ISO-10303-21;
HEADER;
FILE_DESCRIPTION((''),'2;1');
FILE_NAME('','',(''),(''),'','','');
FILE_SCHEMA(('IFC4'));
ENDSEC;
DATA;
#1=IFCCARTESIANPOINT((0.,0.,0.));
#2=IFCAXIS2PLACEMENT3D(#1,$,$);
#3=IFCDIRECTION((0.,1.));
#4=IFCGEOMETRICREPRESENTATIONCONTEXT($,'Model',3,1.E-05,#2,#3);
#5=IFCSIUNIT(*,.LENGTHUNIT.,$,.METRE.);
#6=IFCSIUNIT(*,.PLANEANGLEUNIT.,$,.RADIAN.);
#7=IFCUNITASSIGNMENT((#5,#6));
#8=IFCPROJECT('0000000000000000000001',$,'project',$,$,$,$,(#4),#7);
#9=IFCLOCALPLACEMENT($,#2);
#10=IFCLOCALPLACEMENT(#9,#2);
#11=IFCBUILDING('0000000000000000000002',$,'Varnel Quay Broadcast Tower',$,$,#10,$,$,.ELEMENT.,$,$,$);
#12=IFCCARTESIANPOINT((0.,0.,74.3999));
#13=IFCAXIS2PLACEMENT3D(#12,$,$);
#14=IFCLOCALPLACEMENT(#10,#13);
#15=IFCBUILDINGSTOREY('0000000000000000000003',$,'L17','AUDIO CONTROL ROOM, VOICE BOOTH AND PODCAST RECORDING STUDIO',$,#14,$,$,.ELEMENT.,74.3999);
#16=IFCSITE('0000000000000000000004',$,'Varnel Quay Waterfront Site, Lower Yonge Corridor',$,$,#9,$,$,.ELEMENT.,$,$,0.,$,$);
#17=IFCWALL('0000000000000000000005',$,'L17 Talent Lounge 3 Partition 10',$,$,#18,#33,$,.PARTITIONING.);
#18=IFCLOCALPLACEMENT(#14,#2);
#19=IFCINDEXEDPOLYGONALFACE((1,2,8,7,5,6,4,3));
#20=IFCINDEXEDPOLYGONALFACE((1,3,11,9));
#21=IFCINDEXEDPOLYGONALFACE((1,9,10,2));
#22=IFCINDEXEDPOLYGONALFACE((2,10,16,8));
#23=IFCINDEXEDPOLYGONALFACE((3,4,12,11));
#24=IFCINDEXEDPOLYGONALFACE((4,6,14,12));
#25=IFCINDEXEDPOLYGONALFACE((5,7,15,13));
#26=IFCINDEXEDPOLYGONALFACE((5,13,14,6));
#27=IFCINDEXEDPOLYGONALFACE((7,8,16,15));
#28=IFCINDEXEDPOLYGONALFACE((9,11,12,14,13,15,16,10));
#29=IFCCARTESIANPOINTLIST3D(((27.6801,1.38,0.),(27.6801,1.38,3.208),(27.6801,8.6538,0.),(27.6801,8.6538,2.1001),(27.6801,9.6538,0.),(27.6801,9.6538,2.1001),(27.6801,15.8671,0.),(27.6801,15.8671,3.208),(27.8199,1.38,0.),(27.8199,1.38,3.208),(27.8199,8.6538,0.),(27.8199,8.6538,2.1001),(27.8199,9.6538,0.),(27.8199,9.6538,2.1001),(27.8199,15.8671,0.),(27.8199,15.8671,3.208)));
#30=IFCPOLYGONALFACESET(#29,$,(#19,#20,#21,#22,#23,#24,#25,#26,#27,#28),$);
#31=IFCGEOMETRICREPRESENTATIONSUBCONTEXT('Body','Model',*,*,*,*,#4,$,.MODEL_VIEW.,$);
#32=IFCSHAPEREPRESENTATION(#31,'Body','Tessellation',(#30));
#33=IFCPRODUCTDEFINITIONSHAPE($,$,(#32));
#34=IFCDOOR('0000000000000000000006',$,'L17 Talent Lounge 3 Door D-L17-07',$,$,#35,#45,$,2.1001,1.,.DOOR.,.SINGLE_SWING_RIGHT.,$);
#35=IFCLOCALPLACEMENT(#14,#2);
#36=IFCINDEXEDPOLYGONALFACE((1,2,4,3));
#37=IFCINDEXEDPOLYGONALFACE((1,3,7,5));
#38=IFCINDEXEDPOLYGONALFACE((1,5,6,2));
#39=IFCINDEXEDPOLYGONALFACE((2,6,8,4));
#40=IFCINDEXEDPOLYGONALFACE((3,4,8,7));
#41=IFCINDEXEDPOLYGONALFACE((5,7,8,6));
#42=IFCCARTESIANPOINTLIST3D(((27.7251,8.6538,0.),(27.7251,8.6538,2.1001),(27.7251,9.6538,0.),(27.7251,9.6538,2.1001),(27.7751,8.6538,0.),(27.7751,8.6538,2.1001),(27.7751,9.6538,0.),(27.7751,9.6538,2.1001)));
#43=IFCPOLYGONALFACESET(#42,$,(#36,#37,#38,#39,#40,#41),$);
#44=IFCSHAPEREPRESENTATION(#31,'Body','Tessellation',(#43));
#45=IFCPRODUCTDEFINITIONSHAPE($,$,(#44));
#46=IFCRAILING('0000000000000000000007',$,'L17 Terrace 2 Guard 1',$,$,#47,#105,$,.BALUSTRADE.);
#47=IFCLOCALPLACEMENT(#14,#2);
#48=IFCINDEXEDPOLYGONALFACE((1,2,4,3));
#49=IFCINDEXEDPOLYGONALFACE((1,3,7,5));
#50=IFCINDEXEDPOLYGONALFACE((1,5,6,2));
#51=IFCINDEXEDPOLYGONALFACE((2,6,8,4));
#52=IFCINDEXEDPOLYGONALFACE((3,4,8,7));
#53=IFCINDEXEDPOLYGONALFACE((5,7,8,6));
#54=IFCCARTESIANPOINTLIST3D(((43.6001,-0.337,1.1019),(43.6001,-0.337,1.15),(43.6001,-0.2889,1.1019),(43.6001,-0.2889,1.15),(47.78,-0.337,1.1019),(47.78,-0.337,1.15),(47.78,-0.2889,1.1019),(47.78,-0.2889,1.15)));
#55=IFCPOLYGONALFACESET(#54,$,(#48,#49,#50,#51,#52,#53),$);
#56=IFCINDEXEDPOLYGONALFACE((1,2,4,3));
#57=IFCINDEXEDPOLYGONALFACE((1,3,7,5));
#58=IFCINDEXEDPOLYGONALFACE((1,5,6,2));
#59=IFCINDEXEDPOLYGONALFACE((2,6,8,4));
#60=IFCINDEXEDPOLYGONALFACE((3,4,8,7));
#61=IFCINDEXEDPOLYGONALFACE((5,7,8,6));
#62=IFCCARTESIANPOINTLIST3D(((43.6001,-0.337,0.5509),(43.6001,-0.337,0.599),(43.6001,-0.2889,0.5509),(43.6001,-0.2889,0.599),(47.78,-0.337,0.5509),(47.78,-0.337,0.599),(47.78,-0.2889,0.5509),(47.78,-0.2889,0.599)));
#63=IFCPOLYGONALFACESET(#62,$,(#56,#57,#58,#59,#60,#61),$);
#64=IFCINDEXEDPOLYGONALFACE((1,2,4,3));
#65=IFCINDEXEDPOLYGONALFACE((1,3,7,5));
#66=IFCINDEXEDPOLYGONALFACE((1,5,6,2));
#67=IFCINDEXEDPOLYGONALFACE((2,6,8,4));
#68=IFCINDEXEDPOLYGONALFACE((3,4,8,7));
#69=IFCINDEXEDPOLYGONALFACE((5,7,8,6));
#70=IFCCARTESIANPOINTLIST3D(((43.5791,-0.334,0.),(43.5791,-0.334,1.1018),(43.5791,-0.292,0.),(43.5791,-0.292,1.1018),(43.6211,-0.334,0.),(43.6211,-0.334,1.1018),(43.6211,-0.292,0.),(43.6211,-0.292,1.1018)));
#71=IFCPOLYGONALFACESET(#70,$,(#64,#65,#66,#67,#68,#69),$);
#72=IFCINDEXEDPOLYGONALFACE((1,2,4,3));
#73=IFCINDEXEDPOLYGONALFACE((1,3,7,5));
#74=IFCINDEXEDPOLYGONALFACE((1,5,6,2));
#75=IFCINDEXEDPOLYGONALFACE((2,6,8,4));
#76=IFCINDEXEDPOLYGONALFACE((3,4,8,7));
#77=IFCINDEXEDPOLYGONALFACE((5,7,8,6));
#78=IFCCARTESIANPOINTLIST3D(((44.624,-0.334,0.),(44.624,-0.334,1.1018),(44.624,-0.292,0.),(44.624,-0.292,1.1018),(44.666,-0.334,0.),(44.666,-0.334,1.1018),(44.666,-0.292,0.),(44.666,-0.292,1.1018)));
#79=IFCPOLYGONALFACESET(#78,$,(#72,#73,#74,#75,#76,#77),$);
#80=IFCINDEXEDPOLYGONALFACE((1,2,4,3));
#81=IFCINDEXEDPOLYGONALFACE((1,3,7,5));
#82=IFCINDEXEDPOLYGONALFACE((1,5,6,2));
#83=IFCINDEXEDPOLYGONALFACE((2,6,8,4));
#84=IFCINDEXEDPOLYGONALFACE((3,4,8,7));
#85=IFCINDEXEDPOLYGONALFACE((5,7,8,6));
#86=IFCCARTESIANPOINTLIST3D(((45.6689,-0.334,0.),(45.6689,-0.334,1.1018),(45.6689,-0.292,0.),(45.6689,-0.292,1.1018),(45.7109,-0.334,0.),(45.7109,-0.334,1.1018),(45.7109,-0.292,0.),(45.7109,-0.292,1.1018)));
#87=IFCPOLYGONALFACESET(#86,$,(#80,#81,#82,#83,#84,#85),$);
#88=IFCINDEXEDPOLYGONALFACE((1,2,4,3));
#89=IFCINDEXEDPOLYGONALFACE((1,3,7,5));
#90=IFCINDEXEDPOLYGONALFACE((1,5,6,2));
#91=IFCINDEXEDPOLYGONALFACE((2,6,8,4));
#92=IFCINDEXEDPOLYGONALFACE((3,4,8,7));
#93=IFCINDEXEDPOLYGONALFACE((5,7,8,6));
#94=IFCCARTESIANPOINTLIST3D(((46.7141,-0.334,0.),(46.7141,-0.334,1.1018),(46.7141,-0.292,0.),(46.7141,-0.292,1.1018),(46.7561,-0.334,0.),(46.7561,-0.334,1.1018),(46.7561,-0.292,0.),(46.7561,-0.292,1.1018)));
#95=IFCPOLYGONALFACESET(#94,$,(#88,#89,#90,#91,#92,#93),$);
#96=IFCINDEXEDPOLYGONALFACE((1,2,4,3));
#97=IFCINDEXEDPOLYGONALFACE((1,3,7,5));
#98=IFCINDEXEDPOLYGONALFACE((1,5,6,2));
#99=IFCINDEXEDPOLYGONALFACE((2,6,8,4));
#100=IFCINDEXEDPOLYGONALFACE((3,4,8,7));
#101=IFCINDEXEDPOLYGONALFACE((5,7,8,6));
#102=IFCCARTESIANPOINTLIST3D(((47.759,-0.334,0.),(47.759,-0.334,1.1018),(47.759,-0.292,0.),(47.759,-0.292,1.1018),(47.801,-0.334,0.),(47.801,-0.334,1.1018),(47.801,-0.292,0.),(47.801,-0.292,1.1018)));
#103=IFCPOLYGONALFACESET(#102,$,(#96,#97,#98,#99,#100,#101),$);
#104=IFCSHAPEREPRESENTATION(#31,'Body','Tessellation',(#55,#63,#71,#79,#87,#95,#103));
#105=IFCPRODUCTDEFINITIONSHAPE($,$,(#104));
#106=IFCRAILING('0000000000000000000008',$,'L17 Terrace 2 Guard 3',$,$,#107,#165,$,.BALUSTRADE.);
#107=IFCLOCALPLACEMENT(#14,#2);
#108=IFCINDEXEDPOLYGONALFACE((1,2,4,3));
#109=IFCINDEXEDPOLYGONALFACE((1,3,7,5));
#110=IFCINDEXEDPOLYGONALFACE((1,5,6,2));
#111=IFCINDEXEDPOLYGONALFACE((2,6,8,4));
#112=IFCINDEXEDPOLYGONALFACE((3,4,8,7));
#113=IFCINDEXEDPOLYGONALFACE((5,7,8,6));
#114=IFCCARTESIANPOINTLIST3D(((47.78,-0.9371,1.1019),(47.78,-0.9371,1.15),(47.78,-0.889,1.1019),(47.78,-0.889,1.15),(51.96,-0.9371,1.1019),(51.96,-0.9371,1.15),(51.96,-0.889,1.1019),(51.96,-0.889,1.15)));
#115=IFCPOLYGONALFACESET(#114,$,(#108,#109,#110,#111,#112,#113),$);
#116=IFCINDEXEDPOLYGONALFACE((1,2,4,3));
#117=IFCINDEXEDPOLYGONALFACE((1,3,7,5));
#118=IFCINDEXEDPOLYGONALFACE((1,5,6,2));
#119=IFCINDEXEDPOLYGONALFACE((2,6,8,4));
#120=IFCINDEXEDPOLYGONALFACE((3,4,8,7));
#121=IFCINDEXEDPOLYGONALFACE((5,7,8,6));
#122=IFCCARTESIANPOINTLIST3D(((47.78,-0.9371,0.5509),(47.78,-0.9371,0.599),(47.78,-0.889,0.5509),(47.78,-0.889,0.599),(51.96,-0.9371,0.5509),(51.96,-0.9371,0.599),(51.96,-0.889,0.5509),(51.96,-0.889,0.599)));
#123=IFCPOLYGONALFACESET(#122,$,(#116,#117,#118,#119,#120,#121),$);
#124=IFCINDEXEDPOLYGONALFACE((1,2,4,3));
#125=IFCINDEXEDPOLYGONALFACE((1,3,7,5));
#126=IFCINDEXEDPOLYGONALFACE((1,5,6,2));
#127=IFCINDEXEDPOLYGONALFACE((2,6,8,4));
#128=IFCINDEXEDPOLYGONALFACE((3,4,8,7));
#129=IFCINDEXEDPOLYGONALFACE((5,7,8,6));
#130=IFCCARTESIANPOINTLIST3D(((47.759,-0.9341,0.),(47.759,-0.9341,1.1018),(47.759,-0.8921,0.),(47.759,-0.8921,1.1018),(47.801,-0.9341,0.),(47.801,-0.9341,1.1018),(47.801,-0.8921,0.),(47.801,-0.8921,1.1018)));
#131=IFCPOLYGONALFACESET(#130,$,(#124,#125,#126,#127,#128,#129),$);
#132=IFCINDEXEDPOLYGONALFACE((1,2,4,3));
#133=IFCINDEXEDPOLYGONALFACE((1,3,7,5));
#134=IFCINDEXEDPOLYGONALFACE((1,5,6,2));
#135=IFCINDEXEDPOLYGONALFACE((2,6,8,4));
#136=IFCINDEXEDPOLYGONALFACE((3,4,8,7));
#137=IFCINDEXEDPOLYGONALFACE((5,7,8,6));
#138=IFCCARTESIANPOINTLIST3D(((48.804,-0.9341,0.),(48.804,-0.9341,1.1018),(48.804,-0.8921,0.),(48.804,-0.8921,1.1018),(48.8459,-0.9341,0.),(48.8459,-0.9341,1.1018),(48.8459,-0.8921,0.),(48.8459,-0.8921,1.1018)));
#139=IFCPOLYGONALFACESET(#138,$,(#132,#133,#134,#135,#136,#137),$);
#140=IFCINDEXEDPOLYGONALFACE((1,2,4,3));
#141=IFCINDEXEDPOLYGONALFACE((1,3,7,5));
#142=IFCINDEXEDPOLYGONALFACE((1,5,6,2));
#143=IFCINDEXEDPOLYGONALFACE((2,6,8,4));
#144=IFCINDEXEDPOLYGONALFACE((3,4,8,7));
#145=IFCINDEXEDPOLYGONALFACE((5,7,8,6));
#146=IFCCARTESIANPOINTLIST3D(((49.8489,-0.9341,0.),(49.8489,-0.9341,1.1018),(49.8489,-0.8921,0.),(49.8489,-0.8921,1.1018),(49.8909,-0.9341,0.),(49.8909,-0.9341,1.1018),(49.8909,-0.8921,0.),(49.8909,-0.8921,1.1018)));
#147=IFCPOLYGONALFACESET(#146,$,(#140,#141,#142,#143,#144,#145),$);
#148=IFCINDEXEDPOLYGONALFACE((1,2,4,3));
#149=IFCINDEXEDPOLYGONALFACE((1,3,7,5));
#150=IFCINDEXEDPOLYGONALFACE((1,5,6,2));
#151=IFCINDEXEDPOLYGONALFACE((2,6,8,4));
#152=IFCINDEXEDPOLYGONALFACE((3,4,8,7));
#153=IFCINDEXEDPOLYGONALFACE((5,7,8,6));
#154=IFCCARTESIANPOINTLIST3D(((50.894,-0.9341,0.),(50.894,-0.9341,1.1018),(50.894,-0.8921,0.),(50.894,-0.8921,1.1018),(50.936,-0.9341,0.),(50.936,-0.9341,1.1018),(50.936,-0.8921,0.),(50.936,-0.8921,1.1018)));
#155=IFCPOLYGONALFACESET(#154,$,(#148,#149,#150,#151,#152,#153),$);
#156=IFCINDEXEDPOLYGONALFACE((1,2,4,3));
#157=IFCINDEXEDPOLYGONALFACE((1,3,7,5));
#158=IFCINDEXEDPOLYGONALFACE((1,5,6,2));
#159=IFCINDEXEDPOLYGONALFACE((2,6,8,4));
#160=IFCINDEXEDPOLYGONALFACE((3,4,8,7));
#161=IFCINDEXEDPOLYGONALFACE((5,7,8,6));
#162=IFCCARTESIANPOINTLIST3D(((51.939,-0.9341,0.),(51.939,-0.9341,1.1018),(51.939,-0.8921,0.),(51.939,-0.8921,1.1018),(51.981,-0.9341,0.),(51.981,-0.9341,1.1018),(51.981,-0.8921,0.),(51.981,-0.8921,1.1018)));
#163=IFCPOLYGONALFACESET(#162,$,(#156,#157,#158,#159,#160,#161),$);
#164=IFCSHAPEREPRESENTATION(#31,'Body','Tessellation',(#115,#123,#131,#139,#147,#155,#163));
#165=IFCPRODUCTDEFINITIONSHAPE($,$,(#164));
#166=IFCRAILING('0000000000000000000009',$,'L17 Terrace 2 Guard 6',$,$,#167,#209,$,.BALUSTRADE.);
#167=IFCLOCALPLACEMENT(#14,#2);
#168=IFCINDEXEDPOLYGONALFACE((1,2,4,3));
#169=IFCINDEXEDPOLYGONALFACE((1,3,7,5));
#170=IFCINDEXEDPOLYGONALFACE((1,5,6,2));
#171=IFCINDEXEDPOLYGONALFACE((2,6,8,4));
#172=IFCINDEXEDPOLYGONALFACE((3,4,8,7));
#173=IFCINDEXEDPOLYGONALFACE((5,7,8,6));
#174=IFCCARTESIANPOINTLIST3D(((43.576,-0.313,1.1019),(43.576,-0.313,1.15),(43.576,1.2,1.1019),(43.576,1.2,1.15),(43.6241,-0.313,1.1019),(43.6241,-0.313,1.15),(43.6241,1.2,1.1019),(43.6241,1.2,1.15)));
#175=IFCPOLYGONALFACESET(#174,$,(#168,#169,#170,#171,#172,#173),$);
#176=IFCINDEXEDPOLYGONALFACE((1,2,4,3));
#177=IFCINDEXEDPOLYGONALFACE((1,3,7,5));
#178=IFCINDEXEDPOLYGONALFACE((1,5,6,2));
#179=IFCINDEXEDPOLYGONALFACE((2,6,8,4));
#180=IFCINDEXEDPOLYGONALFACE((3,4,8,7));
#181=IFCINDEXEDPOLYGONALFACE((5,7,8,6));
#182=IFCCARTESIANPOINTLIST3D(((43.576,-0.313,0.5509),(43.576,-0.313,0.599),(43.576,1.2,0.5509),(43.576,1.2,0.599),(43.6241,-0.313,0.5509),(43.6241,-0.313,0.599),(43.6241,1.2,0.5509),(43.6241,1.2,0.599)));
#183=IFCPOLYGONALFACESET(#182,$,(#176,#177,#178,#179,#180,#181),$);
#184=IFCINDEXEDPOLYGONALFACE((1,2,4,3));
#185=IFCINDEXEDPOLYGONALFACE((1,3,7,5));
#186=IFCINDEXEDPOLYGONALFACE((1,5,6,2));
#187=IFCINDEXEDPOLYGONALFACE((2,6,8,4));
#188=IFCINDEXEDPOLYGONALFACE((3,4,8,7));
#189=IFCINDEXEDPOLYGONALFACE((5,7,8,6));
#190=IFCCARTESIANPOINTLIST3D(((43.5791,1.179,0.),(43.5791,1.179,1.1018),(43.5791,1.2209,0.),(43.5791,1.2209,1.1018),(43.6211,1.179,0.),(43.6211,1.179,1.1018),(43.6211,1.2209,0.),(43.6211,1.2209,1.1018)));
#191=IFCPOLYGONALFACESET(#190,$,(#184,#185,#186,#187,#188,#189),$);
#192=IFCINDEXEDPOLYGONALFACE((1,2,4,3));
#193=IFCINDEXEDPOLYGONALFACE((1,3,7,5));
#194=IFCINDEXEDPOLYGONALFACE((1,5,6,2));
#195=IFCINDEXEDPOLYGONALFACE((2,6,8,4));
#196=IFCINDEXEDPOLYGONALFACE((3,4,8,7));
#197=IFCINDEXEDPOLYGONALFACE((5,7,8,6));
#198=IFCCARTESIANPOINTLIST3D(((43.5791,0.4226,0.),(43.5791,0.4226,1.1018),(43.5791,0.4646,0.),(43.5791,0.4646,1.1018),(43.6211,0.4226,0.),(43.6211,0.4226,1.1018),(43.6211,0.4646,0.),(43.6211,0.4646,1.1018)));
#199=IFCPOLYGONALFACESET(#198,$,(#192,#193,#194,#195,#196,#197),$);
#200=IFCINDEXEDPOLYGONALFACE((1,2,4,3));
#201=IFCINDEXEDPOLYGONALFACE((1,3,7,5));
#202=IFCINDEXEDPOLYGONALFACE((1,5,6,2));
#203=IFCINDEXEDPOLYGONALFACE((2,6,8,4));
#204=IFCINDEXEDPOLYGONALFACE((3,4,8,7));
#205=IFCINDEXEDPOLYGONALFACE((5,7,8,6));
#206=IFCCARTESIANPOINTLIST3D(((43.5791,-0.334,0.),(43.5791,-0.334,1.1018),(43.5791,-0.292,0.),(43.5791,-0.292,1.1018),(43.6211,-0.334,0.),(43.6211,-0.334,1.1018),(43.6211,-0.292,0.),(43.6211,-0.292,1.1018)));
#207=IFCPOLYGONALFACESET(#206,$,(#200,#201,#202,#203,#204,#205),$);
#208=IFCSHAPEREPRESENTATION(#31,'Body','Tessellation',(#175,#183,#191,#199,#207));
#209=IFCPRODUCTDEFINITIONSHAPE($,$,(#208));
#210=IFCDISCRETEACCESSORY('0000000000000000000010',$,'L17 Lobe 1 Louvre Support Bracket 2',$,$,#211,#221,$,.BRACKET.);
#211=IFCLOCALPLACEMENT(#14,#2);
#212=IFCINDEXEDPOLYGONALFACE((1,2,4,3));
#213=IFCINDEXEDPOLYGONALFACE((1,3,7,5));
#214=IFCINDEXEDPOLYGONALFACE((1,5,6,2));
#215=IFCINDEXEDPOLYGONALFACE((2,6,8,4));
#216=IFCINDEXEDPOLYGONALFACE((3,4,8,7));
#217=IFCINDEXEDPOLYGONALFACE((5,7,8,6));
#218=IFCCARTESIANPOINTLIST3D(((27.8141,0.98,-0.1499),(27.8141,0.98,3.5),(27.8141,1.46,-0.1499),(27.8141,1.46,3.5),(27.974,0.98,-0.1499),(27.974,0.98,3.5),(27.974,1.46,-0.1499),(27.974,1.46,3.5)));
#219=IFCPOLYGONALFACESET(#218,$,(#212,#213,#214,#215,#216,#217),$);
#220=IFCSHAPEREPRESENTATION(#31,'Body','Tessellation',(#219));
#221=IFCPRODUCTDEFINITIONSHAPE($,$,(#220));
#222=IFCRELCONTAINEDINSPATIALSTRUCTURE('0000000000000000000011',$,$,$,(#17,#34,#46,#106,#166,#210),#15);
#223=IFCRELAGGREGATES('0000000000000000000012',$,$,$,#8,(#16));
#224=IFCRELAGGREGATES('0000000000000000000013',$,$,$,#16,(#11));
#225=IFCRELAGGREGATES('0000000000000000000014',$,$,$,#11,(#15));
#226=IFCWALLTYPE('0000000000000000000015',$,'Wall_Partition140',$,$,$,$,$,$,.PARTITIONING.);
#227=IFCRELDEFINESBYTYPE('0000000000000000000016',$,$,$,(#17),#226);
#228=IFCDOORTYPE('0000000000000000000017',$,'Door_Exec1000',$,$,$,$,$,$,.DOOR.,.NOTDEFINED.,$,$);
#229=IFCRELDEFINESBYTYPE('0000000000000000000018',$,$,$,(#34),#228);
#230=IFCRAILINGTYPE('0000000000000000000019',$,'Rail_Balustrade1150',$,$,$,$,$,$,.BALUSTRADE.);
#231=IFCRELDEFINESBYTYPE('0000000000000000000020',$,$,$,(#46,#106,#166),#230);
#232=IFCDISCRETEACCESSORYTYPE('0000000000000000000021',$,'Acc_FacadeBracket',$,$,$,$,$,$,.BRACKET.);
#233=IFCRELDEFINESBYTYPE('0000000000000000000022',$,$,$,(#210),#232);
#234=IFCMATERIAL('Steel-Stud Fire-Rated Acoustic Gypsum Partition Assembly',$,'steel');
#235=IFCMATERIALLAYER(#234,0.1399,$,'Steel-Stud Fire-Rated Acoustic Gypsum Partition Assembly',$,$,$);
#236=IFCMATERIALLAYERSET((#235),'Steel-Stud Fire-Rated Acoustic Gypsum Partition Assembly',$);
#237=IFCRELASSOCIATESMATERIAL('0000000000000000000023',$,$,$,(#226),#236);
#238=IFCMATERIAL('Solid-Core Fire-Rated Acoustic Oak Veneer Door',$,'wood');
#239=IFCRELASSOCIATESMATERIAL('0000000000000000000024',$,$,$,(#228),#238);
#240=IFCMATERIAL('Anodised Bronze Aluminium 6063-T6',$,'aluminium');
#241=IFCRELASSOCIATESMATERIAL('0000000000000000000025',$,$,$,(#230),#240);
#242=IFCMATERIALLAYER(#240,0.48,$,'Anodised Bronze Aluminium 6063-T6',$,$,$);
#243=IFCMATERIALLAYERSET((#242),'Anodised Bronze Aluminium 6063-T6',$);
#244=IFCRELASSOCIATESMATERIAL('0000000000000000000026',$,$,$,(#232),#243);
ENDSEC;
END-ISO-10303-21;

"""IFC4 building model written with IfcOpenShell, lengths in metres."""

from ifc_helpers import new_model, si_unit, direction, frame, frame_2d, origin, origin_2d, place, context, subcontext, project, spatial, rectangle, extrude, source, transform, mapped, material, layer, layer_set, type_object, type_shapes, element, fill, save


model = new_model("IFC4")

# Units and contexts
model_context = context("Model", 3, precision=1e-05, world=origin(), true_north=direction((0.0, 1.0)))
body_context = subcontext(model_context, "Body", "Model", "MODEL_VIEW")
ifc_project = project(units=[si_unit("LENGTHUNIT", "METRE"), si_unit("PLANEANGLEUNIT", "RADIAN")], contexts=[model_context])

# Site, building, storey
site_placement = place(None, origin())
site = spatial("IfcSite", under=ifc_project, at=site_placement, Name="Varnel Quay Waterfront Site, Lower Yonge Corridor", CompositionType="ELEMENT", RefElevation=0.0)
building_placement = place(site_placement, origin())
building = spatial("IfcBuilding", under=site, at=building_placement, Name="Varnel Quay Broadcast Tower", CompositionType="ELEMENT")
storey_placement = place(building_placement, frame((0.0, 0.0, 74.3999)))
storey = spatial("IfcBuildingStorey", under=building, at=storey_placement, Name="L17", Description="AUDIO CONTROL ROOM, VOICE BOOTH AND PODCAST RECORDING STUDIO", CompositionType="ELEMENT", Elevation=74.3999)

# Shared definitions
ifc_material_1 = material(Name="Anodised Bronze Aluminium 6063-T6", Category="aluminium")

# Wall, opening, door
ifc_material_2 = material(Name="Steel-Stud Fire-Rated Acoustic Gypsum Partition Assembly", Category="steel")
ifc_layer_1 = layer(ifc_material_2, 0.1399, Name="Steel-Stud Fire-Rated Acoustic Gypsum Partition Assembly")
ifc_layer_set_1 = layer_set([ifc_layer_1], Name="Steel-Stud Fire-Rated Acoustic Gypsum Partition Assembly")
wall_type_1 = type_object("IfcWallType", Name="Wall_Partition140", PredefinedType="PARTITIONING", material=ifc_layer_set_1)
wall_1_placement = place(storey_placement, frame((27.75, 1.3799, 0.0), z_axis=(0.0, 0.0, 1.0), x_axis=(0.0, 1.0, 0.0)))
wall_1 = element("IfcWall", 1, at=wall_1_placement, inside=storey, type_object=wall_type_1, Name="L17 Talent Lounge 3 Partition 10", PredefinedType="PARTITIONING", context=body_context, shape_type="SweptSolid", body=[
    extrude(rectangle(XDim=14.4871, YDim=0.1399, at=frame_2d((7.2437, 0.0))), origin(), (0.0, 0.0, 1.0), 3.208),
])
opening_1_placement = place(wall_1_placement, frame((7.2739, 0.0, 0.0)))
opening_1 = element("IfcOpeningElement", 2, at=opening_1_placement, cuts=wall_1, PredefinedType="OPENING", context=body_context, shape_type="SweptSolid", body=[
    extrude(rectangle(XDim=1.0, YDim=2.1001, at=frame_2d((0.5, 1.05))), frame((0.0, 0.0801, 0.0), z_axis=(0.0, -1.0, 0.0), x_axis=(1.0, 0.0, 0.0)), (0.0, 0.0, 1.0), 0.1599),
])
ifc_material_3 = material(Name="Solid-Core Fire-Rated Acoustic Oak Veneer Door", Category="wood")
door_type_1 = type_object("IfcDoorType", Name="Door_Exec1000", OperationType="NOTDEFINED", PredefinedType="DOOR", material=ifc_material_3)
shared_shape_1 = source(origin(), body_context, "Body", "SweptSolid", [
    extrude(rectangle(XDim=1.0, YDim=2.1001, at=frame_2d((0.5, 1.05))), frame((0.0, 0.0249, 0.0), z_axis=(0.0, -1.0, 0.0), x_axis=(1.0, 0.0, 0.0)), (0.0, 0.0, 1.0), 0.05),
])
type_shapes(door_type_1, [shared_shape_1])
door_1_placement = place(opening_1_placement, origin())
door_1 = element("IfcDoor", 3, at=door_1_placement, inside=storey, type_object=door_type_1, Name="L17 Talent Lounge 3 Door D-L17-07", OperationType="SINGLE_SWING_RIGHT", OverallHeight=2.1001, OverallWidth=1.0, PredefinedType="DOOR", context=body_context, shape_type="MappedRepresentation", body=[
    mapped(shared_shape_1, transform((0.0, 0.0, 0.0), x_axis=(1.0, 0.0, 0.0), y_axis=(0.0, 1.0, 0.0), z_axis=(0.0, 0.0, 1.0), scale=1.0)),
])
fill(opening_1, door_1)

# Railings
railing_type = type_object("IfcRailingType", Name="Rail_Balustrade1150", PredefinedType="BALUSTRADE", material=ifc_material_1)
for number, where, name in (
    (4, (43.6001, -0.313, 0.0), "L17 Terrace 2 Guard 1"),
    (5, (47.78, -0.9131, 0.0), "L17 Terrace 2 Guard 3"),
):
    element("IfcRailing", number, at=place(storey_placement, frame(where)), inside=storey, type_object=railing_type, Name=name, PredefinedType="BALUSTRADE", context=body_context, shape_type="SweptSolid", body=[
        extrude(rectangle(XDim=0.0481, YDim=0.0481, at=origin_2d()), frame((0.0, 0.0, 1.126), z_axis=(1.0, 0.0, 0.0), x_axis=(0.0, 1.0, 0.0)), (0.0, 0.0, 1.0), 4.1799),
        extrude(rectangle(XDim=0.0481, YDim=0.0481, at=origin_2d()), frame((0.0, 0.0, 0.575), z_axis=(1.0, 0.0, 0.0), x_axis=(0.0, 1.0, 0.0)), (0.0, 0.0, 1.0), 4.1799),
        extrude(rectangle(XDim=0.042, YDim=0.042, at=origin_2d()), origin(), (0.0, 0.0, 1.0), 1.1018),
        extrude(rectangle(XDim=0.042, YDim=0.042, at=origin_2d()), frame((1.0449, 0.0, 0.0)), (0.0, 0.0, 1.0), 1.1018),
        extrude(rectangle(XDim=0.042, YDim=0.042, at=origin_2d()), frame((2.0898, 0.0, 0.0)), (0.0, 0.0, 1.0), 1.1018),
        extrude(rectangle(XDim=0.042, YDim=0.042, at=origin_2d()), frame((3.135, 0.0, 0.0)), (0.0, 0.0, 1.0), 1.1018),
        extrude(rectangle(XDim=0.042, YDim=0.042, at=origin_2d()), frame((4.1799, 0.0, 0.0)), (0.0, 0.0, 1.0), 1.1018),
    ])
railing_placement = place(storey_placement, frame((43.6001, 1.2, 0.0)))
element("IfcRailing", 6, at=railing_placement, inside=storey, type_object=railing_type, Name="L17 Terrace 2 Guard 6", PredefinedType="BALUSTRADE", context=body_context, shape_type="SweptSolid", body=[
    extrude(rectangle(XDim=0.0481, YDim=0.0481, at=origin_2d()), frame((0.0, 0.0, 1.126), z_axis=(0.0, -1.0, 0.0), x_axis=(1.0, 0.0, 0.0)), (0.0, 0.0, 1.0), 1.5129),
    extrude(rectangle(XDim=0.0481, YDim=0.0481, at=origin_2d()), frame((0.0, 0.0, 0.575), z_axis=(0.0, -1.0, 0.0), x_axis=(1.0, 0.0, 0.0)), (0.0, 0.0, 1.0), 1.5129),
    extrude(rectangle(XDim=0.042, YDim=0.042, at=origin_2d()), origin(), (0.0, 0.0, 1.0), 1.1018),
    extrude(rectangle(XDim=0.042, YDim=0.042, at=origin_2d()), frame((0.0, -0.7563, 0.0)), (0.0, 0.0, 1.0), 1.1018),
    extrude(rectangle(XDim=0.042, YDim=0.042, at=origin_2d()), frame((0.0, -1.5129, 0.0)), (0.0, 0.0, 1.0), 1.1018),
])

# Discrete accessory
ifc_layer_2 = layer(ifc_material_1, 0.48, Name="Anodised Bronze Aluminium 6063-T6")
ifc_layer_set_2 = layer_set([ifc_layer_2], Name="Anodised Bronze Aluminium 6063-T6")
discrete_accessory_type = type_object("IfcDiscreteAccessoryType", Name="Acc_FacadeBracket", PredefinedType="BRACKET", material=ifc_layer_set_2)
shared_shape_2 = source(origin(), body_context, "Body", "SweptSolid", [
    extrude(rectangle(XDim=0.1599, YDim=0.48, at=origin_2d()), origin(), (0.0, 0.0, 1.0), 3.6499),
])
type_shapes(discrete_accessory_type, [shared_shape_2])
for number, where, z_axis, x_axis, name in (
    (7, (27.894, 1.22, -0.1499), (0.0, 0.0, 1.0), (1.0, 0.0, 0.0), "L17 Lobe 1 Louvre Support Bracket 2"),
):
    element("IfcDiscreteAccessory", number, at=place(storey_placement, frame(where, z_axis=z_axis, x_axis=x_axis)), inside=storey, type_object=discrete_accessory_type, Name=name, PredefinedType="BRACKET", context=body_context, shape_type="MappedRepresentation", body=[
        mapped(shared_shape_2, transform((0.0, 0.0, 0.0), x_axis=(1.0, 0.0, 0.0), y_axis=(0.0, 1.0, 0.0), z_axis=(0.0, 0.0, 1.0), scale=1.0)),
    ])

save(model, "model.ifc")
